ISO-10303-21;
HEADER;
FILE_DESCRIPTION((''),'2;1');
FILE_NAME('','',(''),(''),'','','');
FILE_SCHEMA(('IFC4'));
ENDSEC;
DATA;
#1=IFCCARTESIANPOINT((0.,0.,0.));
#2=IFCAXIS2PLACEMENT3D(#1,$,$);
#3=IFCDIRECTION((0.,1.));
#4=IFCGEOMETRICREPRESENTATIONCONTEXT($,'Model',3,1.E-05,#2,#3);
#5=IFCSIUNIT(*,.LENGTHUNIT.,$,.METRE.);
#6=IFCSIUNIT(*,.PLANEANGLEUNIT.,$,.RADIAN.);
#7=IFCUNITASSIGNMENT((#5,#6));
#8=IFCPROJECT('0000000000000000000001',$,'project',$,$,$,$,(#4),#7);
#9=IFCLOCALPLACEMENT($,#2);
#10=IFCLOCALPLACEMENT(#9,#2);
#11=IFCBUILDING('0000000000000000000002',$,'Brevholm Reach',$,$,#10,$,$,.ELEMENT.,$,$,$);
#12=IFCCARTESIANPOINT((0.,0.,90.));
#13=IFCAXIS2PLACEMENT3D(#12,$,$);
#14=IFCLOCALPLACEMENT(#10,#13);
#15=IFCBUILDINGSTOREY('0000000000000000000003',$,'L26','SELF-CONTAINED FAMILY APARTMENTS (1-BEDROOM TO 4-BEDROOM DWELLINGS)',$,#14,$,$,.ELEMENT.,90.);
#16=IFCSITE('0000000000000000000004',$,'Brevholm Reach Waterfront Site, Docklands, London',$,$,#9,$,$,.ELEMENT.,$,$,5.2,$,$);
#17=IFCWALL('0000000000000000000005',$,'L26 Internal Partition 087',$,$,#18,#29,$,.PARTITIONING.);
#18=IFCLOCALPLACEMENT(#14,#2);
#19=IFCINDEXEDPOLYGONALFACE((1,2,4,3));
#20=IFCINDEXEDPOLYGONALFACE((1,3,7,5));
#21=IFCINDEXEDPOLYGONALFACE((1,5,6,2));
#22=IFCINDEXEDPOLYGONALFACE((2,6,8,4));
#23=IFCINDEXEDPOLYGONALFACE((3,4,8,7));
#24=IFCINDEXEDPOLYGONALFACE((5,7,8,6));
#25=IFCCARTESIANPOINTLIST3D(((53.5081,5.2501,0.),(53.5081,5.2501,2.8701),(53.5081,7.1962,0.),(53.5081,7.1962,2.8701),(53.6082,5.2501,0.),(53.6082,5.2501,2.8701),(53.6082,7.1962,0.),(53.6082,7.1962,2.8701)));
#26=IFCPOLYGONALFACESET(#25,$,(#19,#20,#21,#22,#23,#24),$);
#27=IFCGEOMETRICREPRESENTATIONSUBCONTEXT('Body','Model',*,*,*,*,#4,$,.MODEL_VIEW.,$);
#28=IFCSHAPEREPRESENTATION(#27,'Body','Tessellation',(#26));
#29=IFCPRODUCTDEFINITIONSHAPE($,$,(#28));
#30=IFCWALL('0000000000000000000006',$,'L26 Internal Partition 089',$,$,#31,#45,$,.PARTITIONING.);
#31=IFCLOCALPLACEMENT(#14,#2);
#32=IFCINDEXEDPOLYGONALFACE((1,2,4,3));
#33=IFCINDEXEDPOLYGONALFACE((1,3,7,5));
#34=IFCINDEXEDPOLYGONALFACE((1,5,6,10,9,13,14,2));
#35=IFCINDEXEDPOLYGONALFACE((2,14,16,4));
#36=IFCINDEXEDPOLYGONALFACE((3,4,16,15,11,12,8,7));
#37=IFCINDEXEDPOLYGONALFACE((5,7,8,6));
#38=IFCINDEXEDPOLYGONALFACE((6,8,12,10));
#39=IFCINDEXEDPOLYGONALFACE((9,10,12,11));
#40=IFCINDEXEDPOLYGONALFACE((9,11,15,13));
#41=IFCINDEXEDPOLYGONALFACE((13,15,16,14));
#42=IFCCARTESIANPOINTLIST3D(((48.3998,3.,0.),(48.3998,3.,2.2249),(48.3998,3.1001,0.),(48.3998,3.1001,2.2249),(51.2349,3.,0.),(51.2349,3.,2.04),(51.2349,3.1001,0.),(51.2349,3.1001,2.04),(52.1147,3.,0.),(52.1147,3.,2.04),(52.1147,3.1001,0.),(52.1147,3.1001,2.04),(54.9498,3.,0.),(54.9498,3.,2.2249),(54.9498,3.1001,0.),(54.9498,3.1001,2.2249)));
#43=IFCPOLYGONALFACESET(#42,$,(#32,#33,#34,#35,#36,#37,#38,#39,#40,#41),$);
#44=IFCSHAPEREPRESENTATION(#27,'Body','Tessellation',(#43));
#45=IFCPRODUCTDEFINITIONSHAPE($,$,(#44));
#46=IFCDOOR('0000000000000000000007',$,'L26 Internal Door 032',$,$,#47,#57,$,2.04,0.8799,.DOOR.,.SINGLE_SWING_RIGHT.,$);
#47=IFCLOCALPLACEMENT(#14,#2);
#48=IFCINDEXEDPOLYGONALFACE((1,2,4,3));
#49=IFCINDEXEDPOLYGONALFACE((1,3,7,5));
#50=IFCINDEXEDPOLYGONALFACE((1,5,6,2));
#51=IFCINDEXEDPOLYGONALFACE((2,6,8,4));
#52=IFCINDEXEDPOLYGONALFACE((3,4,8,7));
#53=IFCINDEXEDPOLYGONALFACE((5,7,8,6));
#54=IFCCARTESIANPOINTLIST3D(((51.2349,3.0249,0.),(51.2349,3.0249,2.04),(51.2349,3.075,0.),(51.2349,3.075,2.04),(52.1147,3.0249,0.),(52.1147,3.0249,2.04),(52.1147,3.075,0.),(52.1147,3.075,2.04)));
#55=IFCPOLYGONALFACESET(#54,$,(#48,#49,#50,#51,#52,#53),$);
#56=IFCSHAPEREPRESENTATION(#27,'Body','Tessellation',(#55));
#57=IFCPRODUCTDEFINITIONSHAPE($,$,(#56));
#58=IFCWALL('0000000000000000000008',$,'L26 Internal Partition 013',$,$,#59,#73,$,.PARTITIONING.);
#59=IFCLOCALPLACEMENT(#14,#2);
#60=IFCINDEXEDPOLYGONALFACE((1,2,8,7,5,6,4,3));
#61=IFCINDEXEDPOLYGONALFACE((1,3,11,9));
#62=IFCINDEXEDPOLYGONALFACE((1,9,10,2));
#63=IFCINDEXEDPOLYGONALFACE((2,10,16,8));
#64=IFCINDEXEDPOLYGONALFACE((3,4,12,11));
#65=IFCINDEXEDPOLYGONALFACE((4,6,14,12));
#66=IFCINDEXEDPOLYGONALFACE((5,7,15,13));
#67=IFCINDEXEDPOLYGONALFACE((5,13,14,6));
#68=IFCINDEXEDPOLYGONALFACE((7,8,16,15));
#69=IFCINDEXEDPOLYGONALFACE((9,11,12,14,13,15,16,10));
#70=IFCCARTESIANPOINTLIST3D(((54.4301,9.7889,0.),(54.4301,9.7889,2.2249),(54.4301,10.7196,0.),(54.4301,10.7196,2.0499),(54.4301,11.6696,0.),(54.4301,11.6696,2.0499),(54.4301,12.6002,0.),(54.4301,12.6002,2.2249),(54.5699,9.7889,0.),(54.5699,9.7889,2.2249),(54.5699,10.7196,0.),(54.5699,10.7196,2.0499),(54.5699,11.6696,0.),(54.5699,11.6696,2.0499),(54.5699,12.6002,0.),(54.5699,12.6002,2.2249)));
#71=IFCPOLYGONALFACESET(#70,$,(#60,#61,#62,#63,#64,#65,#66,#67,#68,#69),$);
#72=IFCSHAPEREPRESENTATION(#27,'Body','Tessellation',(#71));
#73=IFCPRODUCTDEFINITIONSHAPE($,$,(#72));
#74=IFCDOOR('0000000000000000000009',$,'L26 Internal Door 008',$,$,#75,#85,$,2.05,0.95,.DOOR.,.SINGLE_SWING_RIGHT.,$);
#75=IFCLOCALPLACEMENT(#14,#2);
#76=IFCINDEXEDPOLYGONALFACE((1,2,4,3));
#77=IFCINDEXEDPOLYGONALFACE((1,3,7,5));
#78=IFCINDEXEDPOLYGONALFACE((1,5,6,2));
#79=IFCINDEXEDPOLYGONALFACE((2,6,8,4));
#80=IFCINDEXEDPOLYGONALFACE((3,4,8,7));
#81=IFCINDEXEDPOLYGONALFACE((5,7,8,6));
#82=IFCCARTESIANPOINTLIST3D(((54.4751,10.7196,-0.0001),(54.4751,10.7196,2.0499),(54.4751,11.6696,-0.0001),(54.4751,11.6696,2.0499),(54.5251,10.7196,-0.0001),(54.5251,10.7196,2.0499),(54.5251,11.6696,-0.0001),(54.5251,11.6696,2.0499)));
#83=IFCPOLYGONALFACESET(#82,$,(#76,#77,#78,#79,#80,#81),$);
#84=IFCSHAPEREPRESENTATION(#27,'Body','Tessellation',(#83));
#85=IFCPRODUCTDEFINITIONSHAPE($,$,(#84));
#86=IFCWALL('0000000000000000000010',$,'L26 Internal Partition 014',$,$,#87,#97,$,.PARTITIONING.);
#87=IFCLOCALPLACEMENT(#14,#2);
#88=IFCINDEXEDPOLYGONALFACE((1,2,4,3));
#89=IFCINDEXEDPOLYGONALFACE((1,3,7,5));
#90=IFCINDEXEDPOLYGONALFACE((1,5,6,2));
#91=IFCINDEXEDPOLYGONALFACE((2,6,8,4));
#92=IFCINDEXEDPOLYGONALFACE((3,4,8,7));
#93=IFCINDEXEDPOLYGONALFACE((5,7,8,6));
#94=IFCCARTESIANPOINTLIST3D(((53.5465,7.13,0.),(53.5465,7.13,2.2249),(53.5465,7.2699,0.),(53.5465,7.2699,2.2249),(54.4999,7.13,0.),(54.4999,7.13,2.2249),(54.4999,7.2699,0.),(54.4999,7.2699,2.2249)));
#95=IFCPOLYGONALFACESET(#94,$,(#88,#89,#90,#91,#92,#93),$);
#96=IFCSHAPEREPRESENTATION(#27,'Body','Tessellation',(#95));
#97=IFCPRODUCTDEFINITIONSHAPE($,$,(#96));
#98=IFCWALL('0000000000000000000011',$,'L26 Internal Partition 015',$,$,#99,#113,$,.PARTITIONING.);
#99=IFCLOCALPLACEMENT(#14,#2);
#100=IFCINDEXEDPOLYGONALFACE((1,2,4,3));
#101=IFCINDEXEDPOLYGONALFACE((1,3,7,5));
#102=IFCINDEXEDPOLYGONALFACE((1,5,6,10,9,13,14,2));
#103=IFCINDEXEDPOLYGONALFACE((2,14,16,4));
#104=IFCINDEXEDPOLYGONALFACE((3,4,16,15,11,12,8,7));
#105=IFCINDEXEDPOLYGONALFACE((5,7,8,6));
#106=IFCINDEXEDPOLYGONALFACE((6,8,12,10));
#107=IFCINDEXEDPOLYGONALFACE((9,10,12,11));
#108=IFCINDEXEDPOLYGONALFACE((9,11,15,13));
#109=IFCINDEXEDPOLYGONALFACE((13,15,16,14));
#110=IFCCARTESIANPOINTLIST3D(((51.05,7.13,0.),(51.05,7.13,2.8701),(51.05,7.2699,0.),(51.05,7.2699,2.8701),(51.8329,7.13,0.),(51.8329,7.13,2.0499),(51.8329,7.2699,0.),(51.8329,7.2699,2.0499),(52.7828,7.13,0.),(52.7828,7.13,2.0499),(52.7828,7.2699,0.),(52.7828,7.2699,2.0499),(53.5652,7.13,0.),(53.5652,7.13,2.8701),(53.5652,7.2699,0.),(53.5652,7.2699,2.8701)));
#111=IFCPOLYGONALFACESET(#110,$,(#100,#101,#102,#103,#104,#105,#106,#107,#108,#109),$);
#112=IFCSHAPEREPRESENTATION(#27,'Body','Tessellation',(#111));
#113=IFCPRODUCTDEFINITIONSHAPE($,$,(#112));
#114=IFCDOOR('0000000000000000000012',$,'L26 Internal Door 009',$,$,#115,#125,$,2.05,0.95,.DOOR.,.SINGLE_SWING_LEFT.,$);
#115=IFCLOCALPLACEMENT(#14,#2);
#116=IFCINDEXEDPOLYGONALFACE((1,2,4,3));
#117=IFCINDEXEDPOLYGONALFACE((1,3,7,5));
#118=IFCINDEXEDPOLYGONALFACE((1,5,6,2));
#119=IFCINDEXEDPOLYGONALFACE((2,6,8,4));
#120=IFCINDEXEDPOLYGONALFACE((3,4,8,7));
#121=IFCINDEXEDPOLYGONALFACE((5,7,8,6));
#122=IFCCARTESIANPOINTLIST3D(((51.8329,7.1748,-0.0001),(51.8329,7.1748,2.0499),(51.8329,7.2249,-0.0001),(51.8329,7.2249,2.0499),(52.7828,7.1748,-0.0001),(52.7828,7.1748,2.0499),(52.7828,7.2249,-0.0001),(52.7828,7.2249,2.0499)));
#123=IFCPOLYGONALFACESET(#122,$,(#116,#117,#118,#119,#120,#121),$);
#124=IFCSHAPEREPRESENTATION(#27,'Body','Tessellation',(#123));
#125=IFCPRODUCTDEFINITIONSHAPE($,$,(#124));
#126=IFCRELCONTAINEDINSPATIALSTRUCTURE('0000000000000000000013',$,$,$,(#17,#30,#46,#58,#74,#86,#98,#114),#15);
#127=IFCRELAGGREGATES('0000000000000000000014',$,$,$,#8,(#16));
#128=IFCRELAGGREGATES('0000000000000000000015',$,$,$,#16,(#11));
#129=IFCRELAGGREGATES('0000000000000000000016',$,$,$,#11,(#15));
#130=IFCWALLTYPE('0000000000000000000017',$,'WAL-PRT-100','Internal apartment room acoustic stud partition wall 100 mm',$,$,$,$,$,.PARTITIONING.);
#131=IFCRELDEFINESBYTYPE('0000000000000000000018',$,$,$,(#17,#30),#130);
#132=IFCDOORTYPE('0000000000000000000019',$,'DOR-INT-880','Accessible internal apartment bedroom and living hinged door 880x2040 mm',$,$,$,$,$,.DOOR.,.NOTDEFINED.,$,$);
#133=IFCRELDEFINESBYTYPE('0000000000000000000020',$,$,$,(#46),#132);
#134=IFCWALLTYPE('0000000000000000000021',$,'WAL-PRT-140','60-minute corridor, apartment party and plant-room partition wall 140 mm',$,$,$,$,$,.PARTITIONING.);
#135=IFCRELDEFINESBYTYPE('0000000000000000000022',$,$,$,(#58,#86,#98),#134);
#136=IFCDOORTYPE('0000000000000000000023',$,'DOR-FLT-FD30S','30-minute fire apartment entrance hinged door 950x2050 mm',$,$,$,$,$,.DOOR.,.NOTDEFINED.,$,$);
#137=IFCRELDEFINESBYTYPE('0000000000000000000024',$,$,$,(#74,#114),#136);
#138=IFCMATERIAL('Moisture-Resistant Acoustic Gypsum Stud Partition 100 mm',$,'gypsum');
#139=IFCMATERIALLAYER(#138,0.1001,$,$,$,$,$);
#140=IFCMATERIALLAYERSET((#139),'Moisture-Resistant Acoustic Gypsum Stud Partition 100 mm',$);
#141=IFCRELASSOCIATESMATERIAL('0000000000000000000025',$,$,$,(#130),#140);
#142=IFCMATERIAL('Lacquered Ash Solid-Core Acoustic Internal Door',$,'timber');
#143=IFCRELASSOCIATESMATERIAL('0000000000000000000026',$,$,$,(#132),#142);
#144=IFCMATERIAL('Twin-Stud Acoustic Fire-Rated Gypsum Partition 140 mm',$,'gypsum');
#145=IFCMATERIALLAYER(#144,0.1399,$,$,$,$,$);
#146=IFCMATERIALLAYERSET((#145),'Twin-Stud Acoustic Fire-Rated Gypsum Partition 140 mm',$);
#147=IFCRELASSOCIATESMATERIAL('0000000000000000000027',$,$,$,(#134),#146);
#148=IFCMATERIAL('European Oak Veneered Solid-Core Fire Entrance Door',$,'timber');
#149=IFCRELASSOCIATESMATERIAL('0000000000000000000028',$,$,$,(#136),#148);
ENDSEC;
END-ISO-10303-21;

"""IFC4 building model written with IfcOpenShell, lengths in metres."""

from ifc_helpers import new_model, si_unit, direction, frame, frame_2d, origin, place, context, subcontext, project, spatial, rectangle, extrude, material, layer, layer_set, type_object, element, fill, save


model = new_model("IFC4")

# Units and contexts
model_context = context("Model", 3, precision=1e-05, world=origin(), true_north=direction((0.0, 1.0)))
body_context = subcontext(model_context, "Body", "Model", "MODEL_VIEW")
ifc_project = project(units=[si_unit("LENGTHUNIT", "METRE"), si_unit("PLANEANGLEUNIT", "RADIAN")], contexts=[model_context])

# Site, building, storey
site_placement = place(None, origin())
site = spatial("IfcSite", under=ifc_project, at=site_placement, Name="Brevholm Reach Waterfront Site, Docklands, London", CompositionType="ELEMENT", RefElevation=5.2)
building_placement = place(site_placement, origin())
building = spatial("IfcBuilding", under=site, at=building_placement, Name="Brevholm Reach", CompositionType="ELEMENT")
storey_placement = place(building_placement, frame((0.0, 0.0, 90.0)))
storey = spatial("IfcBuildingStorey", under=building, at=storey_placement, Name="L26", Description="SELF-CONTAINED FAMILY APARTMENTS (1-BEDROOM TO 4-BEDROOM DWELLINGS)", CompositionType="ELEMENT", Elevation=90.0)

# Shared definitions
ifc_material_1 = material(Name="Moisture-Resistant Acoustic Gypsum Stud Partition 100 mm", Category="gypsum")
ifc_layer_1 = layer(ifc_material_1, 0.1001)
ifc_layer_set_1 = layer_set([ifc_layer_1], Name="Moisture-Resistant Acoustic Gypsum Stud Partition 100 mm")
wall_type_1 = type_object("IfcWallType", Name="WAL-PRT-100", Description="Internal apartment room acoustic stud partition wall 100 mm", PredefinedType="PARTITIONING", material=ifc_layer_set_1)
ifc_material_2 = material(Name="Lacquered Ash Solid-Core Acoustic Internal Door", Category="timber")
door_type_1 = type_object("IfcDoorType", Name="DOR-INT-880", Description="Accessible internal apartment bedroom and living hinged door 880x2040 mm", OperationType="NOTDEFINED", PredefinedType="DOOR", material=ifc_material_2)

# Wall
wall_1_placement = place(storey_placement, frame((53.5581, 5.25, 0.0), z_axis=(0.0, 0.0, 1.0), x_axis=(0.0, 1.0, 0.0)))
element("IfcWall", 1, at=wall_1_placement, inside=storey, type_object=wall_type_1, Name="L26 Internal Partition 087", PredefinedType="PARTITIONING", context=body_context, shape_type="SweptSolid", body=[
    extrude(rectangle(XDim=1.946, YDim=0.1001, at=frame_2d((0.9731, 0.0))), origin(), (0.0, 0.0, 1.0), 2.8701),
])

# Walls, openings, doors
wall_2_placement = place(storey_placement, frame((48.3999, 3.05, 0.0), z_axis=(0.0, 0.0, 1.0), x_axis=(1.0, 0.0, 0.0)))
wall_2 = element("IfcWall", 2, at=wall_2_placement, inside=storey, type_object=wall_type_1, Name="L26 Internal Partition 089", PredefinedType="PARTITIONING", context=body_context, shape_type="SweptSolid", body=[
    extrude(rectangle(XDim=6.55, YDim=0.1001, at=frame_2d((3.2749, 0.0))), origin(), (0.0, 0.0, 1.0), 2.2249),
])
opening_1_placement = place(wall_2_placement, frame((2.835, 0.0, 0.0)))
opening_1 = element("IfcOpeningElement", 3, at=opening_1_placement, cuts=wall_2, PredefinedType="OPENING", context=body_context, shape_type="SweptSolid", body=[
    extrude(rectangle(XDim=0.8799, YDim=2.04, at=frame_2d((0.4399, 1.02))), frame((0.0, 0.0601, 0.0), z_axis=(0.0, -1.0, 0.0), x_axis=(1.0, 0.0, 0.0)), (0.0, 0.0, 1.0), 0.1201),
])
door_1_placement = place(opening_1_placement, origin())
door_1 = element("IfcDoor", 4, at=door_1_placement, inside=storey, type_object=door_type_1, Name="L26 Internal Door 032", OperationType="SINGLE_SWING_RIGHT", OverallHeight=2.04, OverallWidth=0.8799, PredefinedType="DOOR", context=body_context, shape_type="SweptSolid", body=[
    extrude(rectangle(XDim=0.8799, YDim=2.04, at=frame_2d((0.4399, 1.02))), frame((0.0, 0.0249, 0.0), z_axis=(0.0, -1.0, 0.0), x_axis=(1.0, 0.0, 0.0)), (0.0, 0.0, 1.0), 0.05),
])
fill(opening_1, door_1)
ifc_material_3 = material(Name="Twin-Stud Acoustic Fire-Rated Gypsum Partition 140 mm", Category="gypsum")
ifc_layer_2 = layer(ifc_material_3, 0.1399)
ifc_layer_set_2 = layer_set([ifc_layer_2], Name="Twin-Stud Acoustic Fire-Rated Gypsum Partition 140 mm")
wall_type_2 = type_object("IfcWallType", Name="WAL-PRT-140", Description="60-minute corridor, apartment party and plant-room partition wall 140 mm", PredefinedType="PARTITIONING", material=ifc_layer_set_2)
wall_3_placement = place(storey_placement, frame((54.5, 9.7888, 0.0), z_axis=(0.0, 0.0, 1.0), x_axis=(0.0, 1.0, 0.0)))
wall_3 = element("IfcWall", 5, at=wall_3_placement, inside=storey, type_object=wall_type_2, Name="L26 Internal Partition 013", PredefinedType="PARTITIONING", context=body_context, shape_type="SweptSolid", body=[
    extrude(rectangle(XDim=2.8113, YDim=0.1399, at=frame_2d((1.4058, 0.0))), origin(), (0.0, 0.0, 1.0), 2.2249),
])
opening_2_placement = place(wall_3_placement, frame((0.9307, 0.0, 0.0)))
opening_2 = element("IfcOpeningElement", 6, at=opening_2_placement, cuts=wall_3, PredefinedType="OPENING", context=body_context, shape_type="SweptSolid", body=[
    extrude(rectangle(XDim=0.95, YDim=2.05, at=frame_2d((0.4751, 1.0249))), frame((0.0, 0.0798, 0.0), z_axis=(0.0, -1.0, 0.0), x_axis=(1.0, 0.0, 0.0)), (0.0, 0.0, 1.0), 0.1599),
])
ifc_material_4 = material(Name="European Oak Veneered Solid-Core Fire Entrance Door", Category="timber")
door_type_2 = type_object("IfcDoorType", Name="DOR-FLT-FD30S", Description="30-minute fire apartment entrance hinged door 950x2050 mm", OperationType="NOTDEFINED", PredefinedType="DOOR", material=ifc_material_4)
door_2_placement = place(opening_2_placement, origin())
door_2 = element("IfcDoor", 7, at=door_2_placement, inside=storey, type_object=door_type_2, Name="L26 Internal Door 008", OperationType="SINGLE_SWING_RIGHT", OverallHeight=2.05, OverallWidth=0.95, PredefinedType="DOOR", context=body_context, shape_type="SweptSolid", body=[
    extrude(rectangle(XDim=0.95, YDim=2.05, at=frame_2d((0.4751, 1.0249))), frame((0.0, 0.0249, 0.0), z_axis=(0.0, -1.0, 0.0), x_axis=(1.0, 0.0, 0.0)), (0.0, 0.0, 1.0), 0.05),
])
fill(opening_2, door_2)

# Wall
wall_4_placement = place(storey_placement, frame((53.5466, 7.2, 0.0), z_axis=(0.0, 0.0, 1.0), x_axis=(1.0, 0.0, 0.0)))
element("IfcWall", 8, at=wall_4_placement, inside=storey, type_object=wall_type_2, Name="L26 Internal Partition 014", PredefinedType="PARTITIONING", context=body_context, shape_type="SweptSolid", body=[
    extrude(rectangle(XDim=0.9534, YDim=0.1399, at=frame_2d((0.4766, 0.0))), origin(), (0.0, 0.0, 1.0), 2.2249),
])

# Wall, opening, door
wall_5_placement = place(storey_placement, frame((51.05, 7.2, 0.0), z_axis=(0.0, 0.0, 1.0), x_axis=(1.0, 0.0, 0.0)))
wall_5 = element("IfcWall", 9, at=wall_5_placement, inside=storey, type_object=wall_type_2, Name="L26 Internal Partition 015", PredefinedType="PARTITIONING", context=body_context, shape_type="SweptSolid", body=[
    extrude(rectangle(XDim=2.5151, YDim=0.1399, at=frame_2d((1.2576, 0.0))), origin(), (0.0, 0.0, 1.0), 2.8701),
])
opening_3_placement = place(wall_5_placement, frame((0.7827, 0.0, 0.0)))
opening_3 = element("IfcOpeningElement", 10, at=opening_3_placement, cuts=wall_5, PredefinedType="OPENING", context=body_context, shape_type="SweptSolid", body=[
    extrude(rectangle(XDim=0.95, YDim=2.05, at=frame_2d((0.4751, 1.0249))), frame((0.0, 0.0798, 0.0), z_axis=(0.0, -1.0, 0.0), x_axis=(1.0, 0.0, 0.0)), (0.0, 0.0, 1.0), 0.1599),
])
door_3_placement = place(opening_3_placement, origin())
door_3 = element("IfcDoor", 11, at=door_3_placement, inside=storey, type_object=door_type_2, Name="L26 Internal Door 009", OperationType="SINGLE_SWING_LEFT", OverallHeight=2.05, OverallWidth=0.95, PredefinedType="DOOR", context=body_context, shape_type="SweptSolid", body=[
    extrude(rectangle(XDim=0.95, YDim=2.05, at=frame_2d((0.4751, 1.0249))), frame((0.0, 0.0249, 0.0), z_axis=(0.0, -1.0, 0.0), x_axis=(1.0, 0.0, 0.0)), (0.0, 0.0, 1.0), 0.05),
])
fill(opening_3, door_3)

save(model, "model.ifc")
